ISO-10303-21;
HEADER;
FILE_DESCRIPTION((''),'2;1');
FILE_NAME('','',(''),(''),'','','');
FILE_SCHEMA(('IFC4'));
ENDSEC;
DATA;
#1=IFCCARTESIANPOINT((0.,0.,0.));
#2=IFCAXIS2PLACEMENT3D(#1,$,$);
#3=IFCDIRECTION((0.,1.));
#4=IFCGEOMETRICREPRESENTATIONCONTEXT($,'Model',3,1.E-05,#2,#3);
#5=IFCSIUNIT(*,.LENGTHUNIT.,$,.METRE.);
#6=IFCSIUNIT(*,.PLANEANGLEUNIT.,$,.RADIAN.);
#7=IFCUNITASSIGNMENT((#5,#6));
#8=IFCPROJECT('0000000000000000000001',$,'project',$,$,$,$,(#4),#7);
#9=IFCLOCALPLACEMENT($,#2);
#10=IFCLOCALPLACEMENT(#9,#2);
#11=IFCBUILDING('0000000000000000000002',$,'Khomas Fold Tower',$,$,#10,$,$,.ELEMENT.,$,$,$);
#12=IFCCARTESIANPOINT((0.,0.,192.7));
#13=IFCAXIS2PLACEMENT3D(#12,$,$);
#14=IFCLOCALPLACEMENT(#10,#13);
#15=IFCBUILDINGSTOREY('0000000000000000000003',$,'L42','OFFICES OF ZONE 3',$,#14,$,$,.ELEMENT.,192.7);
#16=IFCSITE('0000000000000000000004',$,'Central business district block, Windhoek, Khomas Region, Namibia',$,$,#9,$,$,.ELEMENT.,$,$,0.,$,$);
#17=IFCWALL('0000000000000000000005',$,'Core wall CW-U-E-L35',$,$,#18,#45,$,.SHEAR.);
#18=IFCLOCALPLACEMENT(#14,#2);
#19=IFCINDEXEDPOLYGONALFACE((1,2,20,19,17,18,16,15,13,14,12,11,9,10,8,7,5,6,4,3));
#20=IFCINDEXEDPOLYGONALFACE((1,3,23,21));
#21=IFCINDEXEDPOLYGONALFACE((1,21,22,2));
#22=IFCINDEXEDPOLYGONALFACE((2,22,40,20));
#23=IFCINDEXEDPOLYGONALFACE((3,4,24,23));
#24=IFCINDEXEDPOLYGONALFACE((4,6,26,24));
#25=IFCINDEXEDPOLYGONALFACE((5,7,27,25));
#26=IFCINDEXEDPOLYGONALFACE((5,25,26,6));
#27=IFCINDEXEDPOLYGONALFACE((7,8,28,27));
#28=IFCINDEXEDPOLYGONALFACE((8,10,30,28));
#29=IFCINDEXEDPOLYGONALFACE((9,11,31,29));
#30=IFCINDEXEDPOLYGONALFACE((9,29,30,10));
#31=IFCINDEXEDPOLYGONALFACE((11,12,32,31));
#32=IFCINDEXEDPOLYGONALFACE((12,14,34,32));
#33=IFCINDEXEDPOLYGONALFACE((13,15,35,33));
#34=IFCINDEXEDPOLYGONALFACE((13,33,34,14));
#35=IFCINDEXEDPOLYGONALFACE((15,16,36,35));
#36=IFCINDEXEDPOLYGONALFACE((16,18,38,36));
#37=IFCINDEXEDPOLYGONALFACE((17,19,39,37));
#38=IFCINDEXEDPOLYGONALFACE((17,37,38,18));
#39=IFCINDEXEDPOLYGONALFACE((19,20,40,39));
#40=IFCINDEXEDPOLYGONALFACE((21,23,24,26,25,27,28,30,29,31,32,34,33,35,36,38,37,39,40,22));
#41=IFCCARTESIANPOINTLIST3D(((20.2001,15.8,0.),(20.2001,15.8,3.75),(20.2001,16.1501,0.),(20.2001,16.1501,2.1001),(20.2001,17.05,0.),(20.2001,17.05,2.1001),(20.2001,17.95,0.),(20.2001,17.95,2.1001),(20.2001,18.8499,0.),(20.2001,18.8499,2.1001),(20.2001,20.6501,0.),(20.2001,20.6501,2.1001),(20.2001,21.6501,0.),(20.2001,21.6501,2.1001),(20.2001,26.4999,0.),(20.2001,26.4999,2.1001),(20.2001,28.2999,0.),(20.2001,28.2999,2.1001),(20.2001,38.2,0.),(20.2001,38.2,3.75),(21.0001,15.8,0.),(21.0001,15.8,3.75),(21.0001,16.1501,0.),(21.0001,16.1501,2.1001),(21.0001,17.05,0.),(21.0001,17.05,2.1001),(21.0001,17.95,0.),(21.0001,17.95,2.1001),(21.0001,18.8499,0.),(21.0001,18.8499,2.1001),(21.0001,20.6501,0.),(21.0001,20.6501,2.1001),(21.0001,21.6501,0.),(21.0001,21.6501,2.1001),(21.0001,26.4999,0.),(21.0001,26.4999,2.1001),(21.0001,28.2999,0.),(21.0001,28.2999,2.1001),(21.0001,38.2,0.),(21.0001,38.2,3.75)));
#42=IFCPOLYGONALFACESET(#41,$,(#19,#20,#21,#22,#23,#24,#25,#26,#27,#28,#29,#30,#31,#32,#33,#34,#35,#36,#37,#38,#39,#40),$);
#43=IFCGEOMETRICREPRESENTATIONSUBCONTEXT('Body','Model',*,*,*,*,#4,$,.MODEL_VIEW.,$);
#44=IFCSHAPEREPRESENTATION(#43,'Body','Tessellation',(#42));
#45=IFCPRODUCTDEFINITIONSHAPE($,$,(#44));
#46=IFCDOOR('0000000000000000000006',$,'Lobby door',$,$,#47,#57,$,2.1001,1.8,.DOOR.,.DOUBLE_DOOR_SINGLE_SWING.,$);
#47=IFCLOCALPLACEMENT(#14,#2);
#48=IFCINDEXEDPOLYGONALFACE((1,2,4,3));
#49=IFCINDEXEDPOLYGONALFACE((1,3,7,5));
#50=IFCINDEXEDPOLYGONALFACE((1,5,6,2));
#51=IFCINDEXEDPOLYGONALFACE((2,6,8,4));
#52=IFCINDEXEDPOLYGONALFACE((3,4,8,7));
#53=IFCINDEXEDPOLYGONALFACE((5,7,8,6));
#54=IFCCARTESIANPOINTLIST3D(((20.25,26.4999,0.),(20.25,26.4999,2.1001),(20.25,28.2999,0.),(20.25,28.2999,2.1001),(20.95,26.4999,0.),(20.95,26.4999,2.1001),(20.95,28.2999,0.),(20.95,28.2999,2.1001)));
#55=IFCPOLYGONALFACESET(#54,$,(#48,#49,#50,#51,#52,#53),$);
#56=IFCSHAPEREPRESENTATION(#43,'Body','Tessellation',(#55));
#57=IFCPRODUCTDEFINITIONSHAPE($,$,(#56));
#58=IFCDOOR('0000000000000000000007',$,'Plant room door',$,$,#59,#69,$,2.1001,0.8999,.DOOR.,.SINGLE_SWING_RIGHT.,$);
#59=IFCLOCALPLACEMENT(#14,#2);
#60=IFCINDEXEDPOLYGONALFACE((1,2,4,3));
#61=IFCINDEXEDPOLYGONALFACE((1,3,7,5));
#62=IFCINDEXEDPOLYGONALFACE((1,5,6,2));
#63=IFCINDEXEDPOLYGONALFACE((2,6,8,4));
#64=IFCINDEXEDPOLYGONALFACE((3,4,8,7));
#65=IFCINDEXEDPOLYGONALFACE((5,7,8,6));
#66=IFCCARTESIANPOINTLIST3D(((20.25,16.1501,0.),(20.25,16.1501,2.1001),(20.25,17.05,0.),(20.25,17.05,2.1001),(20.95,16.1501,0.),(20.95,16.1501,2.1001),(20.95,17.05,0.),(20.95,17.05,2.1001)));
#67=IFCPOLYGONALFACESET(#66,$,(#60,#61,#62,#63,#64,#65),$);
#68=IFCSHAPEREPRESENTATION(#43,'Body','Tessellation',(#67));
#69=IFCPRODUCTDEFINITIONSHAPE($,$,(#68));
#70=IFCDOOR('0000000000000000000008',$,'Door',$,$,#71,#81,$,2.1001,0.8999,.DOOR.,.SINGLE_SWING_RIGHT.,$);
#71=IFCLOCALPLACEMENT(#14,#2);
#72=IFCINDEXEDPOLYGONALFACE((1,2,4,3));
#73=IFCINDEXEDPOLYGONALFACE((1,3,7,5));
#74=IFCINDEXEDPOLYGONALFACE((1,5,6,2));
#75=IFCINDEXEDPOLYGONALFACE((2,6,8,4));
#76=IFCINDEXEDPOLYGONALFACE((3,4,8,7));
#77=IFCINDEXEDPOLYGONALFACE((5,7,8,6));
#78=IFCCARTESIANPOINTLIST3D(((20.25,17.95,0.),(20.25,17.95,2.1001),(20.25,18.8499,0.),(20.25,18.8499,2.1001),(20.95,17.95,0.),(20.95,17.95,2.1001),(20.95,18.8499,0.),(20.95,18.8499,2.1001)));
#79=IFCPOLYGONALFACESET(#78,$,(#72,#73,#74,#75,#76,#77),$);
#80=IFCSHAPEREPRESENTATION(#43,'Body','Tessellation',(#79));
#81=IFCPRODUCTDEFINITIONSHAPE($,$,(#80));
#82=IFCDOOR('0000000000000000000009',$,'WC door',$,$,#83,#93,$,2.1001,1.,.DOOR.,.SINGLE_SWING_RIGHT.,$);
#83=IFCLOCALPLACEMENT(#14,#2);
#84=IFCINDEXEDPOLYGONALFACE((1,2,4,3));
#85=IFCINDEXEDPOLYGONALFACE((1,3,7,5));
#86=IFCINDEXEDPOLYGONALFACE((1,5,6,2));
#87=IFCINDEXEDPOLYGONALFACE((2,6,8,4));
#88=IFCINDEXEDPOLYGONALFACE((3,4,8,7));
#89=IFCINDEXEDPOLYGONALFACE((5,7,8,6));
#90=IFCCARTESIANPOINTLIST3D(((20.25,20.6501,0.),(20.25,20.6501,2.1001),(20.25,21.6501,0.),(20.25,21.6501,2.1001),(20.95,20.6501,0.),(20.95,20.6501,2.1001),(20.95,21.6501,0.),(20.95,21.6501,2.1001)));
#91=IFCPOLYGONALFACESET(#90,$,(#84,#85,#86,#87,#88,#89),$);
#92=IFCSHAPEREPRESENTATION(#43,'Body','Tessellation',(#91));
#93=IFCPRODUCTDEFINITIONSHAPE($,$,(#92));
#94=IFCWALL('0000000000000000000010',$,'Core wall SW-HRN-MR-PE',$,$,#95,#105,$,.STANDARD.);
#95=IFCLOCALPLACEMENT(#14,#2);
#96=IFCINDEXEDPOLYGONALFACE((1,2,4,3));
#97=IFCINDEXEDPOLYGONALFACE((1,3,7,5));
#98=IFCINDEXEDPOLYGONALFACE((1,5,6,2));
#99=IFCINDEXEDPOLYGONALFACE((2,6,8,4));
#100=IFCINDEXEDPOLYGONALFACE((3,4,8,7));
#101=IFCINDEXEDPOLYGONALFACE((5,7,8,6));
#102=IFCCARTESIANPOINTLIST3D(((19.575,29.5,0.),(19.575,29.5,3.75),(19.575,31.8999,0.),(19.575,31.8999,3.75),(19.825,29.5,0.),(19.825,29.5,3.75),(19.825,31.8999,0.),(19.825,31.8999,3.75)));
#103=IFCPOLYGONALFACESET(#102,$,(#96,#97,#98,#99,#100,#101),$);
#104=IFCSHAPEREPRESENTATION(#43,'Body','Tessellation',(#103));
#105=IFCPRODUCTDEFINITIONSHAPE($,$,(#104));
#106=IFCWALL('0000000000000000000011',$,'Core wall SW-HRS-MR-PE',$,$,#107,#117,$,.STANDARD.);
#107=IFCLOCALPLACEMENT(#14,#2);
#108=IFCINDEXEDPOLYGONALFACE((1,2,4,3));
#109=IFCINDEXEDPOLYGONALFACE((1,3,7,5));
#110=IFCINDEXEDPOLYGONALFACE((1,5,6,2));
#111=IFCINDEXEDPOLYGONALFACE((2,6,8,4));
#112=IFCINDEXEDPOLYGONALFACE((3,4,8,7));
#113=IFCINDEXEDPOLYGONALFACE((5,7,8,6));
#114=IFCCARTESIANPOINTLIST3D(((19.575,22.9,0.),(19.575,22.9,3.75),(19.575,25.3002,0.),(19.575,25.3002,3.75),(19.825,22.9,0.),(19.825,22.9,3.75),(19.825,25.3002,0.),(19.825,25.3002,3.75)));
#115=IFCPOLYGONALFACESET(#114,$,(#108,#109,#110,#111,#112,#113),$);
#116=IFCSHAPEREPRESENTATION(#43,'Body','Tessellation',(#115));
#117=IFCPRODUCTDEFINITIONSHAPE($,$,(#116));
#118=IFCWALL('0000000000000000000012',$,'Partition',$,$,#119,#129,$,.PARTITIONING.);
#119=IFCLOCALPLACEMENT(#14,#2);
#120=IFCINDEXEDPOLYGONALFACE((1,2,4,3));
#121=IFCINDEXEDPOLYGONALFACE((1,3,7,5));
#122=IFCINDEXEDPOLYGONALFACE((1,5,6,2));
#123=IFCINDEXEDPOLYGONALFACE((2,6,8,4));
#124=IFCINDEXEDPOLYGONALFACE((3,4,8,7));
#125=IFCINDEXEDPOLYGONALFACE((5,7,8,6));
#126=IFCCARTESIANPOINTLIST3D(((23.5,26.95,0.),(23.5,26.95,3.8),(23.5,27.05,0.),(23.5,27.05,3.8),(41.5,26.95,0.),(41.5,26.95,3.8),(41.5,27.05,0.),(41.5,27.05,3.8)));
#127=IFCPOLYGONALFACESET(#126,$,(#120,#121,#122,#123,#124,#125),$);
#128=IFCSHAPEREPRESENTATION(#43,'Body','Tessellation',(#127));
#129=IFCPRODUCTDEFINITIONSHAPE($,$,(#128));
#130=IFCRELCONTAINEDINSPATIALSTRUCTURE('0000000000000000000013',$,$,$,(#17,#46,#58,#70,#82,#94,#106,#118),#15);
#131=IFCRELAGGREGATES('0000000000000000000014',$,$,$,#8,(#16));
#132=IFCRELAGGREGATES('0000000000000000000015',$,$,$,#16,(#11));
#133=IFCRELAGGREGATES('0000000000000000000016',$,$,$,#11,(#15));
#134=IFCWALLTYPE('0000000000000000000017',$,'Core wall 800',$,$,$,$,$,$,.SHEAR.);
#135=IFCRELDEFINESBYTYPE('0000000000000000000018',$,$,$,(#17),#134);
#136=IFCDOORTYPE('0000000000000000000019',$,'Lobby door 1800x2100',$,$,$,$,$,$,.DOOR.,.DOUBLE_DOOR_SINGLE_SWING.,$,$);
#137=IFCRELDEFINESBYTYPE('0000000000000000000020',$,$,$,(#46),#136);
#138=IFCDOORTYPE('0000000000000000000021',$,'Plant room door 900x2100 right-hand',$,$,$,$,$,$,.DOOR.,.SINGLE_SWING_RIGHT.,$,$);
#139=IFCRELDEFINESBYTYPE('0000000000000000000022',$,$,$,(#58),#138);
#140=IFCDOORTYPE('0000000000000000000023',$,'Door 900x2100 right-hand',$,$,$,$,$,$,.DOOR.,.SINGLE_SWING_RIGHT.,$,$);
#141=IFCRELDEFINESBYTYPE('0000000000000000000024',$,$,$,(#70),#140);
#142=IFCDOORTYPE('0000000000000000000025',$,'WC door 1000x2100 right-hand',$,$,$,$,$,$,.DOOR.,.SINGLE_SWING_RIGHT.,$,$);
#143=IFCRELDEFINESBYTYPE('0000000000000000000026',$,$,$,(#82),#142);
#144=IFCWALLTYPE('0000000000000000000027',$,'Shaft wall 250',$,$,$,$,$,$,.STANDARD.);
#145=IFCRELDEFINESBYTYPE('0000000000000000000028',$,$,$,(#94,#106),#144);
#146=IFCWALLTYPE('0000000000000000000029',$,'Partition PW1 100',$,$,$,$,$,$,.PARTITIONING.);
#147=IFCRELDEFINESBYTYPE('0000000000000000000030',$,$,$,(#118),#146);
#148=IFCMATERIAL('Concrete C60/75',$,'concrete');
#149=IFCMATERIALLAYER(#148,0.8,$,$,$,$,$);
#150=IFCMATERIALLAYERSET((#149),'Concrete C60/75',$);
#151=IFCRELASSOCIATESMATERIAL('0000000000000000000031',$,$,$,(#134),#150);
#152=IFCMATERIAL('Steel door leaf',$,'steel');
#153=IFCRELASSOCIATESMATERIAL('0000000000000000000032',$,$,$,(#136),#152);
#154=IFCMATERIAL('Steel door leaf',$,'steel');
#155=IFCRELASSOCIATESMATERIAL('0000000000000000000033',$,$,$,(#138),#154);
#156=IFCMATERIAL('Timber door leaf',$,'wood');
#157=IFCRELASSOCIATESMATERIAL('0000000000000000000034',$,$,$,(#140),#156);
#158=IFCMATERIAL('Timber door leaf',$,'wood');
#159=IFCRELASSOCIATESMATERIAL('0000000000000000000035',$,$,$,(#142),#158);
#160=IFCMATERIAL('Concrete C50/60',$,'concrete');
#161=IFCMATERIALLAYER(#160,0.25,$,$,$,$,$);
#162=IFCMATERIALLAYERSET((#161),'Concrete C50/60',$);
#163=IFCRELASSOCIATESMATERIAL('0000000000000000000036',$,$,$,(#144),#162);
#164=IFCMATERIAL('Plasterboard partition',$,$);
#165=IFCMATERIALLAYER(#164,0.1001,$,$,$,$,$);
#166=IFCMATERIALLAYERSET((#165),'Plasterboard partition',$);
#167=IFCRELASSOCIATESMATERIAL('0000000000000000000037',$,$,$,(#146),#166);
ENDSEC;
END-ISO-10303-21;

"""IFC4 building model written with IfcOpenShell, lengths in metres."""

from ifc_helpers import new_model, si_unit, direction, frame, frame_2d, origin, place, context, subcontext, project, spatial, rectangle, extrude, source, transform, mapped, material, layer, layer_set, type_object, element, fill, save


model = new_model("IFC4")

# Units and contexts
model_context = context("Model", 3, precision=1e-05, world=origin(), true_north=direction((0.0, 1.0)))
body_context = subcontext(model_context, "Body", "Model", "MODEL_VIEW")
ifc_project = project(units=[si_unit("LENGTHUNIT", "METRE"), si_unit("PLANEANGLEUNIT", "RADIAN")], contexts=[model_context])

# Site, building, storey
site_placement = place(None, origin())
site = spatial("IfcSite", under=ifc_project, at=site_placement, Name="Central business district block, Windhoek, Khomas Region, Namibia", CompositionType="ELEMENT", RefElevation=0.0)
building_placement = place(site_placement, origin())
building = spatial("IfcBuilding", under=site, at=building_placement, Name="Khomas Fold Tower", CompositionType="ELEMENT")
storey_placement = place(building_placement, frame((0.0, 0.0, 192.7)))
storey = spatial("IfcBuildingStorey", under=building, at=storey_placement, Name="L42", Description="OFFICES OF ZONE 3", CompositionType="ELEMENT", Elevation=192.7)

# Wall, openings, doors
ifc_material_1 = material(Name="Concrete C60/75", Category="concrete")
ifc_layer_1 = layer(ifc_material_1, 0.8)
ifc_layer_set_1 = layer_set([ifc_layer_1], Name="Concrete C60/75")
wall_type_1 = type_object("IfcWallType", Name="Core wall 800", PredefinedType="SHEAR", material=ifc_layer_set_1)
shared_shape_1 = source(origin(), body_context, "Body", "SweptSolid", [
    extrude(rectangle(XDim=22.3999, YDim=0.8, at=frame_2d((11.2, 0.0))), origin(), (0.0, 0.0, 1.0), 3.75),
])
wall_1_placement = place(storey_placement, frame((20.6001, 15.8, 0.0), z_axis=(0.0, 0.0, 1.0), x_axis=(0.0, 1.0, 0.0)))
wall_1 = element("IfcWall", 1, at=wall_1_placement, inside=storey, type_object=wall_type_1, Name="Core wall CW-U-E-L35", PredefinedType="SHEAR", context=body_context, shape_type="MappedRepresentation", body=[
    mapped(shared_shape_1, transform((0.0, 0.0, 0.0))),
])
shared_shape_2 = source(origin(), body_context, "Body", "SweptSolid", [
    extrude(rectangle(XDim=1.8, YDim=2.1001, at=frame_2d((0.8999, 1.05))), frame((0.0, 0.4099, 0.0), z_axis=(0.0, -1.0, 0.0), x_axis=(1.0, 0.0, 0.0)), (0.0, 0.0, 1.0), 0.8201),
])
opening_1_placement = place(wall_1_placement, frame((10.7, 0.0, 0.0)))
opening_1 = element("IfcOpeningElement", 2, at=opening_1_placement, cuts=wall_1, PredefinedType="OPENING", context=body_context, shape_type="MappedRepresentation", body=[
    mapped(shared_shape_2, transform((0.0, 0.0, 0.0))),
])
shared_shape_3 = source(origin(), body_context, "Body", "SweptSolid", [
    extrude(rectangle(XDim=0.8999, YDim=2.1001, at=frame_2d((0.45, 1.05))), frame((0.0, 0.4099, 0.0), z_axis=(0.0, -1.0, 0.0), x_axis=(1.0, 0.0, 0.0)), (0.0, 0.0, 1.0), 0.8201),
])
opening_2_placement = place(wall_1_placement, frame((0.3501, 0.0, 0.0)))
opening_2 = element("IfcOpeningElement", 3, at=opening_2_placement, cuts=wall_1, PredefinedType="OPENING", context=body_context, shape_type="MappedRepresentation", body=[
    mapped(shared_shape_3, transform((0.0, 0.0, 0.0))),
])
opening_3_placement = place(wall_1_placement, frame((2.1499, 0.0, 0.0)))
opening_3 = element("IfcOpeningElement", 4, at=opening_3_placement, cuts=wall_1, PredefinedType="OPENING", context=body_context, shape_type="MappedRepresentation", body=[
    mapped(shared_shape_3, transform((0.0, 0.0, 0.0))),
])
shared_shape_4 = source(origin(), body_context, "Body", "SweptSolid", [
    extrude(rectangle(XDim=1.0, YDim=2.1001, at=frame_2d((0.5, 1.05))), frame((0.0, 0.4099, 0.0), z_axis=(0.0, -1.0, 0.0), x_axis=(1.0, 0.0, 0.0)), (0.0, 0.0, 1.0), 0.8201),
])
opening_4_placement = place(wall_1_placement, frame((4.8501, 0.0, 0.0)))
opening_4 = element("IfcOpeningElement", 5, at=opening_4_placement, cuts=wall_1, PredefinedType="OPENING", context=body_context, shape_type="MappedRepresentation", body=[
    mapped(shared_shape_4, transform((0.0, 0.0, 0.0))),
])
ifc_material_2 = material(Name="Steel door leaf", Category="steel")
door_type_1 = type_object("IfcDoorType", Name="Lobby door 1800x2100", OperationType="DOUBLE_DOOR_SINGLE_SWING", PredefinedType="DOOR", material=ifc_material_2)
shared_shape_5 = source(origin(), body_context, "Body", "SweptSolid", [
    extrude(rectangle(XDim=1.8, YDim=2.1001, at=frame_2d((0.8999, 1.05))), frame((0.0, 0.3501, 0.0), z_axis=(0.0, -1.0, 0.0), x_axis=(1.0, 0.0, 0.0)), (0.0, 0.0, 1.0), 0.7),
])
door_1_placement = place(opening_1_placement, origin())
door_1 = element("IfcDoor", 6, at=door_1_placement, inside=storey, type_object=door_type_1, Name="Lobby door", OperationType="DOUBLE_DOOR_SINGLE_SWING", OverallHeight=2.1001, OverallWidth=1.8, PredefinedType="DOOR", context=body_context, shape_type="MappedRepresentation", body=[
    mapped(shared_shape_5, transform((0.0, 0.0, 0.0))),
])
fill(opening_1, door_1)
ifc_material_3 = material(Name="Steel door leaf", Category="steel")
door_type_2 = type_object("IfcDoorType", Name="Plant room door 900x2100 right-hand", OperationType="SINGLE_SWING_RIGHT", PredefinedType="DOOR", material=ifc_material_3)
shared_shape_6 = source(origin(), body_context, "Body", "SweptSolid", [
    extrude(rectangle(XDim=0.8999, YDim=2.1001, at=frame_2d((0.45, 1.05))), frame((0.0, 0.3501, 0.0), z_axis=(0.0, -1.0, 0.0), x_axis=(1.0, 0.0, 0.0)), (0.0, 0.0, 1.0), 0.7),
])
door_2_placement = place(opening_2_placement, origin())
door_2 = element("IfcDoor", 7, at=door_2_placement, inside=storey, type_object=door_type_2, Name="Plant room door", OperationType="SINGLE_SWING_RIGHT", OverallHeight=2.1001, OverallWidth=0.8999, PredefinedType="DOOR", context=body_context, shape_type="MappedRepresentation", body=[
    mapped(shared_shape_6, transform((0.0, 0.0, 0.0))),
])
fill(opening_2, door_2)
ifc_material_4 = material(Name="Timber door leaf", Category="wood")
door_type_3 = type_object("IfcDoorType", Name="Door 900x2100 right-hand", OperationType="SINGLE_SWING_RIGHT", PredefinedType="DOOR", material=ifc_material_4)
door_3_placement = place(opening_3_placement, origin())
door_3 = element("IfcDoor", 8, at=door_3_placement, inside=storey, type_object=door_type_3, Name="Door", OperationType="SINGLE_SWING_RIGHT", OverallHeight=2.1001, OverallWidth=0.8999, PredefinedType="DOOR", context=body_context, shape_type="MappedRepresentation", body=[
    mapped(shared_shape_6, transform((0.0, 0.0, 0.0))),
])
fill(opening_3, door_3)
ifc_material_5 = material(Name="Timber door leaf", Category="wood")
door_type_4 = type_object("IfcDoorType", Name="WC door 1000x2100 right-hand", OperationType="SINGLE_SWING_RIGHT", PredefinedType="DOOR", material=ifc_material_5)
shared_shape_7 = source(origin(), body_context, "Body", "SweptSolid", [
    extrude(rectangle(XDim=1.0, YDim=2.1001, at=frame_2d((0.5, 1.05))), frame((0.0, 0.3501, 0.0), z_axis=(0.0, -1.0, 0.0), x_axis=(1.0, 0.0, 0.0)), (0.0, 0.0, 1.0), 0.7),
])
door_4_placement = place(opening_4_placement, origin())
door_4 = element("IfcDoor", 9, at=door_4_placement, inside=storey, type_object=door_type_4, Name="WC door", OperationType="SINGLE_SWING_RIGHT", OverallHeight=2.1001, OverallWidth=1.0, PredefinedType="DOOR", context=body_context, shape_type="MappedRepresentation", body=[
    mapped(shared_shape_7, transform((0.0, 0.0, 0.0))),
])
fill(opening_4, door_4)

# Walls
ifc_material_6 = material(Name="Concrete C50/60", Category="concrete")
ifc_layer_2 = layer(ifc_material_6, 0.25)
ifc_layer_set_2 = layer_set([ifc_layer_2], Name="Concrete C50/60")
wall_type_2 = type_object("IfcWallType", Name="Shaft wall 250", PredefinedType="STANDARD", material=ifc_layer_set_2)
shared_shape_8 = source(origin(), body_context, "Body", "SweptSolid", [
    extrude(rectangle(XDim=2.3999, YDim=0.25, at=frame_2d((1.2, 0.0))), origin(), (0.0, 0.0, 1.0), 3.75),
])
wall_2_placement = place(storey_placement, frame((19.7, 29.5, 0.0), z_axis=(0.0, 0.0, 1.0), x_axis=(0.0, 1.0, 0.0)))
element("IfcWall", 10, at=wall_2_placement, inside=storey, type_object=wall_type_2, Name="Core wall SW-HRN-MR-PE", PredefinedType="STANDARD", context=body_context, shape_type="MappedRepresentation", body=[
    mapped(shared_shape_8, transform((0.0, 0.0, 0.0))),
])
shared_shape_9 = source(origin(), body_context, "Body", "SweptSolid", [
    extrude(rectangle(XDim=2.4001, YDim=0.25, at=frame_2d((1.2002, 0.0))), origin(), (0.0, 0.0, 1.0), 3.75),
])
wall_3_placement = place(storey_placement, frame((19.7, 22.8999, 0.0), z_axis=(0.0, 0.0, 1.0), x_axis=(0.0, 1.0, 0.0)))
element("IfcWall", 11, at=wall_3_placement, inside=storey, type_object=wall_type_2, Name="Core wall SW-HRS-MR-PE", PredefinedType="STANDARD", context=body_context, shape_type="MappedRepresentation", body=[
    mapped(shared_shape_9, transform((0.0, 0.0, 0.0))),
])
ifc_material_7 = material(Name="Plasterboard partition")
ifc_layer_3 = layer(ifc_material_7, 0.1001)
ifc_layer_set_3 = layer_set([ifc_layer_3], Name="Plasterboard partition")
wall_type_3 = type_object("IfcWallType", Name="Partition PW1 100", PredefinedType="PARTITIONING", material=ifc_layer_set_3)
shared_shape_10 = source(origin(), body_context, "Body", "SweptSolid", [
    extrude(rectangle(XDim=18.0, YDim=0.1001, at=frame_2d((9.0, 0.0))), origin(), (0.0, 0.0, 1.0), 3.8),
])
wall_4_placement = place(storey_placement, frame((23.5, 27.0, 0.0), z_axis=(0.0, 0.0, 1.0), x_axis=(1.0, 0.0, 0.0)))
element("IfcWall", 12, at=wall_4_placement, inside=storey, type_object=wall_type_3, Name="Partition", PredefinedType="PARTITIONING", context=body_context, shape_type="MappedRepresentation", body=[
    mapped(shared_shape_10, transform((0.0, 0.0, 0.0))),
])

save(model, "model.ifc")
